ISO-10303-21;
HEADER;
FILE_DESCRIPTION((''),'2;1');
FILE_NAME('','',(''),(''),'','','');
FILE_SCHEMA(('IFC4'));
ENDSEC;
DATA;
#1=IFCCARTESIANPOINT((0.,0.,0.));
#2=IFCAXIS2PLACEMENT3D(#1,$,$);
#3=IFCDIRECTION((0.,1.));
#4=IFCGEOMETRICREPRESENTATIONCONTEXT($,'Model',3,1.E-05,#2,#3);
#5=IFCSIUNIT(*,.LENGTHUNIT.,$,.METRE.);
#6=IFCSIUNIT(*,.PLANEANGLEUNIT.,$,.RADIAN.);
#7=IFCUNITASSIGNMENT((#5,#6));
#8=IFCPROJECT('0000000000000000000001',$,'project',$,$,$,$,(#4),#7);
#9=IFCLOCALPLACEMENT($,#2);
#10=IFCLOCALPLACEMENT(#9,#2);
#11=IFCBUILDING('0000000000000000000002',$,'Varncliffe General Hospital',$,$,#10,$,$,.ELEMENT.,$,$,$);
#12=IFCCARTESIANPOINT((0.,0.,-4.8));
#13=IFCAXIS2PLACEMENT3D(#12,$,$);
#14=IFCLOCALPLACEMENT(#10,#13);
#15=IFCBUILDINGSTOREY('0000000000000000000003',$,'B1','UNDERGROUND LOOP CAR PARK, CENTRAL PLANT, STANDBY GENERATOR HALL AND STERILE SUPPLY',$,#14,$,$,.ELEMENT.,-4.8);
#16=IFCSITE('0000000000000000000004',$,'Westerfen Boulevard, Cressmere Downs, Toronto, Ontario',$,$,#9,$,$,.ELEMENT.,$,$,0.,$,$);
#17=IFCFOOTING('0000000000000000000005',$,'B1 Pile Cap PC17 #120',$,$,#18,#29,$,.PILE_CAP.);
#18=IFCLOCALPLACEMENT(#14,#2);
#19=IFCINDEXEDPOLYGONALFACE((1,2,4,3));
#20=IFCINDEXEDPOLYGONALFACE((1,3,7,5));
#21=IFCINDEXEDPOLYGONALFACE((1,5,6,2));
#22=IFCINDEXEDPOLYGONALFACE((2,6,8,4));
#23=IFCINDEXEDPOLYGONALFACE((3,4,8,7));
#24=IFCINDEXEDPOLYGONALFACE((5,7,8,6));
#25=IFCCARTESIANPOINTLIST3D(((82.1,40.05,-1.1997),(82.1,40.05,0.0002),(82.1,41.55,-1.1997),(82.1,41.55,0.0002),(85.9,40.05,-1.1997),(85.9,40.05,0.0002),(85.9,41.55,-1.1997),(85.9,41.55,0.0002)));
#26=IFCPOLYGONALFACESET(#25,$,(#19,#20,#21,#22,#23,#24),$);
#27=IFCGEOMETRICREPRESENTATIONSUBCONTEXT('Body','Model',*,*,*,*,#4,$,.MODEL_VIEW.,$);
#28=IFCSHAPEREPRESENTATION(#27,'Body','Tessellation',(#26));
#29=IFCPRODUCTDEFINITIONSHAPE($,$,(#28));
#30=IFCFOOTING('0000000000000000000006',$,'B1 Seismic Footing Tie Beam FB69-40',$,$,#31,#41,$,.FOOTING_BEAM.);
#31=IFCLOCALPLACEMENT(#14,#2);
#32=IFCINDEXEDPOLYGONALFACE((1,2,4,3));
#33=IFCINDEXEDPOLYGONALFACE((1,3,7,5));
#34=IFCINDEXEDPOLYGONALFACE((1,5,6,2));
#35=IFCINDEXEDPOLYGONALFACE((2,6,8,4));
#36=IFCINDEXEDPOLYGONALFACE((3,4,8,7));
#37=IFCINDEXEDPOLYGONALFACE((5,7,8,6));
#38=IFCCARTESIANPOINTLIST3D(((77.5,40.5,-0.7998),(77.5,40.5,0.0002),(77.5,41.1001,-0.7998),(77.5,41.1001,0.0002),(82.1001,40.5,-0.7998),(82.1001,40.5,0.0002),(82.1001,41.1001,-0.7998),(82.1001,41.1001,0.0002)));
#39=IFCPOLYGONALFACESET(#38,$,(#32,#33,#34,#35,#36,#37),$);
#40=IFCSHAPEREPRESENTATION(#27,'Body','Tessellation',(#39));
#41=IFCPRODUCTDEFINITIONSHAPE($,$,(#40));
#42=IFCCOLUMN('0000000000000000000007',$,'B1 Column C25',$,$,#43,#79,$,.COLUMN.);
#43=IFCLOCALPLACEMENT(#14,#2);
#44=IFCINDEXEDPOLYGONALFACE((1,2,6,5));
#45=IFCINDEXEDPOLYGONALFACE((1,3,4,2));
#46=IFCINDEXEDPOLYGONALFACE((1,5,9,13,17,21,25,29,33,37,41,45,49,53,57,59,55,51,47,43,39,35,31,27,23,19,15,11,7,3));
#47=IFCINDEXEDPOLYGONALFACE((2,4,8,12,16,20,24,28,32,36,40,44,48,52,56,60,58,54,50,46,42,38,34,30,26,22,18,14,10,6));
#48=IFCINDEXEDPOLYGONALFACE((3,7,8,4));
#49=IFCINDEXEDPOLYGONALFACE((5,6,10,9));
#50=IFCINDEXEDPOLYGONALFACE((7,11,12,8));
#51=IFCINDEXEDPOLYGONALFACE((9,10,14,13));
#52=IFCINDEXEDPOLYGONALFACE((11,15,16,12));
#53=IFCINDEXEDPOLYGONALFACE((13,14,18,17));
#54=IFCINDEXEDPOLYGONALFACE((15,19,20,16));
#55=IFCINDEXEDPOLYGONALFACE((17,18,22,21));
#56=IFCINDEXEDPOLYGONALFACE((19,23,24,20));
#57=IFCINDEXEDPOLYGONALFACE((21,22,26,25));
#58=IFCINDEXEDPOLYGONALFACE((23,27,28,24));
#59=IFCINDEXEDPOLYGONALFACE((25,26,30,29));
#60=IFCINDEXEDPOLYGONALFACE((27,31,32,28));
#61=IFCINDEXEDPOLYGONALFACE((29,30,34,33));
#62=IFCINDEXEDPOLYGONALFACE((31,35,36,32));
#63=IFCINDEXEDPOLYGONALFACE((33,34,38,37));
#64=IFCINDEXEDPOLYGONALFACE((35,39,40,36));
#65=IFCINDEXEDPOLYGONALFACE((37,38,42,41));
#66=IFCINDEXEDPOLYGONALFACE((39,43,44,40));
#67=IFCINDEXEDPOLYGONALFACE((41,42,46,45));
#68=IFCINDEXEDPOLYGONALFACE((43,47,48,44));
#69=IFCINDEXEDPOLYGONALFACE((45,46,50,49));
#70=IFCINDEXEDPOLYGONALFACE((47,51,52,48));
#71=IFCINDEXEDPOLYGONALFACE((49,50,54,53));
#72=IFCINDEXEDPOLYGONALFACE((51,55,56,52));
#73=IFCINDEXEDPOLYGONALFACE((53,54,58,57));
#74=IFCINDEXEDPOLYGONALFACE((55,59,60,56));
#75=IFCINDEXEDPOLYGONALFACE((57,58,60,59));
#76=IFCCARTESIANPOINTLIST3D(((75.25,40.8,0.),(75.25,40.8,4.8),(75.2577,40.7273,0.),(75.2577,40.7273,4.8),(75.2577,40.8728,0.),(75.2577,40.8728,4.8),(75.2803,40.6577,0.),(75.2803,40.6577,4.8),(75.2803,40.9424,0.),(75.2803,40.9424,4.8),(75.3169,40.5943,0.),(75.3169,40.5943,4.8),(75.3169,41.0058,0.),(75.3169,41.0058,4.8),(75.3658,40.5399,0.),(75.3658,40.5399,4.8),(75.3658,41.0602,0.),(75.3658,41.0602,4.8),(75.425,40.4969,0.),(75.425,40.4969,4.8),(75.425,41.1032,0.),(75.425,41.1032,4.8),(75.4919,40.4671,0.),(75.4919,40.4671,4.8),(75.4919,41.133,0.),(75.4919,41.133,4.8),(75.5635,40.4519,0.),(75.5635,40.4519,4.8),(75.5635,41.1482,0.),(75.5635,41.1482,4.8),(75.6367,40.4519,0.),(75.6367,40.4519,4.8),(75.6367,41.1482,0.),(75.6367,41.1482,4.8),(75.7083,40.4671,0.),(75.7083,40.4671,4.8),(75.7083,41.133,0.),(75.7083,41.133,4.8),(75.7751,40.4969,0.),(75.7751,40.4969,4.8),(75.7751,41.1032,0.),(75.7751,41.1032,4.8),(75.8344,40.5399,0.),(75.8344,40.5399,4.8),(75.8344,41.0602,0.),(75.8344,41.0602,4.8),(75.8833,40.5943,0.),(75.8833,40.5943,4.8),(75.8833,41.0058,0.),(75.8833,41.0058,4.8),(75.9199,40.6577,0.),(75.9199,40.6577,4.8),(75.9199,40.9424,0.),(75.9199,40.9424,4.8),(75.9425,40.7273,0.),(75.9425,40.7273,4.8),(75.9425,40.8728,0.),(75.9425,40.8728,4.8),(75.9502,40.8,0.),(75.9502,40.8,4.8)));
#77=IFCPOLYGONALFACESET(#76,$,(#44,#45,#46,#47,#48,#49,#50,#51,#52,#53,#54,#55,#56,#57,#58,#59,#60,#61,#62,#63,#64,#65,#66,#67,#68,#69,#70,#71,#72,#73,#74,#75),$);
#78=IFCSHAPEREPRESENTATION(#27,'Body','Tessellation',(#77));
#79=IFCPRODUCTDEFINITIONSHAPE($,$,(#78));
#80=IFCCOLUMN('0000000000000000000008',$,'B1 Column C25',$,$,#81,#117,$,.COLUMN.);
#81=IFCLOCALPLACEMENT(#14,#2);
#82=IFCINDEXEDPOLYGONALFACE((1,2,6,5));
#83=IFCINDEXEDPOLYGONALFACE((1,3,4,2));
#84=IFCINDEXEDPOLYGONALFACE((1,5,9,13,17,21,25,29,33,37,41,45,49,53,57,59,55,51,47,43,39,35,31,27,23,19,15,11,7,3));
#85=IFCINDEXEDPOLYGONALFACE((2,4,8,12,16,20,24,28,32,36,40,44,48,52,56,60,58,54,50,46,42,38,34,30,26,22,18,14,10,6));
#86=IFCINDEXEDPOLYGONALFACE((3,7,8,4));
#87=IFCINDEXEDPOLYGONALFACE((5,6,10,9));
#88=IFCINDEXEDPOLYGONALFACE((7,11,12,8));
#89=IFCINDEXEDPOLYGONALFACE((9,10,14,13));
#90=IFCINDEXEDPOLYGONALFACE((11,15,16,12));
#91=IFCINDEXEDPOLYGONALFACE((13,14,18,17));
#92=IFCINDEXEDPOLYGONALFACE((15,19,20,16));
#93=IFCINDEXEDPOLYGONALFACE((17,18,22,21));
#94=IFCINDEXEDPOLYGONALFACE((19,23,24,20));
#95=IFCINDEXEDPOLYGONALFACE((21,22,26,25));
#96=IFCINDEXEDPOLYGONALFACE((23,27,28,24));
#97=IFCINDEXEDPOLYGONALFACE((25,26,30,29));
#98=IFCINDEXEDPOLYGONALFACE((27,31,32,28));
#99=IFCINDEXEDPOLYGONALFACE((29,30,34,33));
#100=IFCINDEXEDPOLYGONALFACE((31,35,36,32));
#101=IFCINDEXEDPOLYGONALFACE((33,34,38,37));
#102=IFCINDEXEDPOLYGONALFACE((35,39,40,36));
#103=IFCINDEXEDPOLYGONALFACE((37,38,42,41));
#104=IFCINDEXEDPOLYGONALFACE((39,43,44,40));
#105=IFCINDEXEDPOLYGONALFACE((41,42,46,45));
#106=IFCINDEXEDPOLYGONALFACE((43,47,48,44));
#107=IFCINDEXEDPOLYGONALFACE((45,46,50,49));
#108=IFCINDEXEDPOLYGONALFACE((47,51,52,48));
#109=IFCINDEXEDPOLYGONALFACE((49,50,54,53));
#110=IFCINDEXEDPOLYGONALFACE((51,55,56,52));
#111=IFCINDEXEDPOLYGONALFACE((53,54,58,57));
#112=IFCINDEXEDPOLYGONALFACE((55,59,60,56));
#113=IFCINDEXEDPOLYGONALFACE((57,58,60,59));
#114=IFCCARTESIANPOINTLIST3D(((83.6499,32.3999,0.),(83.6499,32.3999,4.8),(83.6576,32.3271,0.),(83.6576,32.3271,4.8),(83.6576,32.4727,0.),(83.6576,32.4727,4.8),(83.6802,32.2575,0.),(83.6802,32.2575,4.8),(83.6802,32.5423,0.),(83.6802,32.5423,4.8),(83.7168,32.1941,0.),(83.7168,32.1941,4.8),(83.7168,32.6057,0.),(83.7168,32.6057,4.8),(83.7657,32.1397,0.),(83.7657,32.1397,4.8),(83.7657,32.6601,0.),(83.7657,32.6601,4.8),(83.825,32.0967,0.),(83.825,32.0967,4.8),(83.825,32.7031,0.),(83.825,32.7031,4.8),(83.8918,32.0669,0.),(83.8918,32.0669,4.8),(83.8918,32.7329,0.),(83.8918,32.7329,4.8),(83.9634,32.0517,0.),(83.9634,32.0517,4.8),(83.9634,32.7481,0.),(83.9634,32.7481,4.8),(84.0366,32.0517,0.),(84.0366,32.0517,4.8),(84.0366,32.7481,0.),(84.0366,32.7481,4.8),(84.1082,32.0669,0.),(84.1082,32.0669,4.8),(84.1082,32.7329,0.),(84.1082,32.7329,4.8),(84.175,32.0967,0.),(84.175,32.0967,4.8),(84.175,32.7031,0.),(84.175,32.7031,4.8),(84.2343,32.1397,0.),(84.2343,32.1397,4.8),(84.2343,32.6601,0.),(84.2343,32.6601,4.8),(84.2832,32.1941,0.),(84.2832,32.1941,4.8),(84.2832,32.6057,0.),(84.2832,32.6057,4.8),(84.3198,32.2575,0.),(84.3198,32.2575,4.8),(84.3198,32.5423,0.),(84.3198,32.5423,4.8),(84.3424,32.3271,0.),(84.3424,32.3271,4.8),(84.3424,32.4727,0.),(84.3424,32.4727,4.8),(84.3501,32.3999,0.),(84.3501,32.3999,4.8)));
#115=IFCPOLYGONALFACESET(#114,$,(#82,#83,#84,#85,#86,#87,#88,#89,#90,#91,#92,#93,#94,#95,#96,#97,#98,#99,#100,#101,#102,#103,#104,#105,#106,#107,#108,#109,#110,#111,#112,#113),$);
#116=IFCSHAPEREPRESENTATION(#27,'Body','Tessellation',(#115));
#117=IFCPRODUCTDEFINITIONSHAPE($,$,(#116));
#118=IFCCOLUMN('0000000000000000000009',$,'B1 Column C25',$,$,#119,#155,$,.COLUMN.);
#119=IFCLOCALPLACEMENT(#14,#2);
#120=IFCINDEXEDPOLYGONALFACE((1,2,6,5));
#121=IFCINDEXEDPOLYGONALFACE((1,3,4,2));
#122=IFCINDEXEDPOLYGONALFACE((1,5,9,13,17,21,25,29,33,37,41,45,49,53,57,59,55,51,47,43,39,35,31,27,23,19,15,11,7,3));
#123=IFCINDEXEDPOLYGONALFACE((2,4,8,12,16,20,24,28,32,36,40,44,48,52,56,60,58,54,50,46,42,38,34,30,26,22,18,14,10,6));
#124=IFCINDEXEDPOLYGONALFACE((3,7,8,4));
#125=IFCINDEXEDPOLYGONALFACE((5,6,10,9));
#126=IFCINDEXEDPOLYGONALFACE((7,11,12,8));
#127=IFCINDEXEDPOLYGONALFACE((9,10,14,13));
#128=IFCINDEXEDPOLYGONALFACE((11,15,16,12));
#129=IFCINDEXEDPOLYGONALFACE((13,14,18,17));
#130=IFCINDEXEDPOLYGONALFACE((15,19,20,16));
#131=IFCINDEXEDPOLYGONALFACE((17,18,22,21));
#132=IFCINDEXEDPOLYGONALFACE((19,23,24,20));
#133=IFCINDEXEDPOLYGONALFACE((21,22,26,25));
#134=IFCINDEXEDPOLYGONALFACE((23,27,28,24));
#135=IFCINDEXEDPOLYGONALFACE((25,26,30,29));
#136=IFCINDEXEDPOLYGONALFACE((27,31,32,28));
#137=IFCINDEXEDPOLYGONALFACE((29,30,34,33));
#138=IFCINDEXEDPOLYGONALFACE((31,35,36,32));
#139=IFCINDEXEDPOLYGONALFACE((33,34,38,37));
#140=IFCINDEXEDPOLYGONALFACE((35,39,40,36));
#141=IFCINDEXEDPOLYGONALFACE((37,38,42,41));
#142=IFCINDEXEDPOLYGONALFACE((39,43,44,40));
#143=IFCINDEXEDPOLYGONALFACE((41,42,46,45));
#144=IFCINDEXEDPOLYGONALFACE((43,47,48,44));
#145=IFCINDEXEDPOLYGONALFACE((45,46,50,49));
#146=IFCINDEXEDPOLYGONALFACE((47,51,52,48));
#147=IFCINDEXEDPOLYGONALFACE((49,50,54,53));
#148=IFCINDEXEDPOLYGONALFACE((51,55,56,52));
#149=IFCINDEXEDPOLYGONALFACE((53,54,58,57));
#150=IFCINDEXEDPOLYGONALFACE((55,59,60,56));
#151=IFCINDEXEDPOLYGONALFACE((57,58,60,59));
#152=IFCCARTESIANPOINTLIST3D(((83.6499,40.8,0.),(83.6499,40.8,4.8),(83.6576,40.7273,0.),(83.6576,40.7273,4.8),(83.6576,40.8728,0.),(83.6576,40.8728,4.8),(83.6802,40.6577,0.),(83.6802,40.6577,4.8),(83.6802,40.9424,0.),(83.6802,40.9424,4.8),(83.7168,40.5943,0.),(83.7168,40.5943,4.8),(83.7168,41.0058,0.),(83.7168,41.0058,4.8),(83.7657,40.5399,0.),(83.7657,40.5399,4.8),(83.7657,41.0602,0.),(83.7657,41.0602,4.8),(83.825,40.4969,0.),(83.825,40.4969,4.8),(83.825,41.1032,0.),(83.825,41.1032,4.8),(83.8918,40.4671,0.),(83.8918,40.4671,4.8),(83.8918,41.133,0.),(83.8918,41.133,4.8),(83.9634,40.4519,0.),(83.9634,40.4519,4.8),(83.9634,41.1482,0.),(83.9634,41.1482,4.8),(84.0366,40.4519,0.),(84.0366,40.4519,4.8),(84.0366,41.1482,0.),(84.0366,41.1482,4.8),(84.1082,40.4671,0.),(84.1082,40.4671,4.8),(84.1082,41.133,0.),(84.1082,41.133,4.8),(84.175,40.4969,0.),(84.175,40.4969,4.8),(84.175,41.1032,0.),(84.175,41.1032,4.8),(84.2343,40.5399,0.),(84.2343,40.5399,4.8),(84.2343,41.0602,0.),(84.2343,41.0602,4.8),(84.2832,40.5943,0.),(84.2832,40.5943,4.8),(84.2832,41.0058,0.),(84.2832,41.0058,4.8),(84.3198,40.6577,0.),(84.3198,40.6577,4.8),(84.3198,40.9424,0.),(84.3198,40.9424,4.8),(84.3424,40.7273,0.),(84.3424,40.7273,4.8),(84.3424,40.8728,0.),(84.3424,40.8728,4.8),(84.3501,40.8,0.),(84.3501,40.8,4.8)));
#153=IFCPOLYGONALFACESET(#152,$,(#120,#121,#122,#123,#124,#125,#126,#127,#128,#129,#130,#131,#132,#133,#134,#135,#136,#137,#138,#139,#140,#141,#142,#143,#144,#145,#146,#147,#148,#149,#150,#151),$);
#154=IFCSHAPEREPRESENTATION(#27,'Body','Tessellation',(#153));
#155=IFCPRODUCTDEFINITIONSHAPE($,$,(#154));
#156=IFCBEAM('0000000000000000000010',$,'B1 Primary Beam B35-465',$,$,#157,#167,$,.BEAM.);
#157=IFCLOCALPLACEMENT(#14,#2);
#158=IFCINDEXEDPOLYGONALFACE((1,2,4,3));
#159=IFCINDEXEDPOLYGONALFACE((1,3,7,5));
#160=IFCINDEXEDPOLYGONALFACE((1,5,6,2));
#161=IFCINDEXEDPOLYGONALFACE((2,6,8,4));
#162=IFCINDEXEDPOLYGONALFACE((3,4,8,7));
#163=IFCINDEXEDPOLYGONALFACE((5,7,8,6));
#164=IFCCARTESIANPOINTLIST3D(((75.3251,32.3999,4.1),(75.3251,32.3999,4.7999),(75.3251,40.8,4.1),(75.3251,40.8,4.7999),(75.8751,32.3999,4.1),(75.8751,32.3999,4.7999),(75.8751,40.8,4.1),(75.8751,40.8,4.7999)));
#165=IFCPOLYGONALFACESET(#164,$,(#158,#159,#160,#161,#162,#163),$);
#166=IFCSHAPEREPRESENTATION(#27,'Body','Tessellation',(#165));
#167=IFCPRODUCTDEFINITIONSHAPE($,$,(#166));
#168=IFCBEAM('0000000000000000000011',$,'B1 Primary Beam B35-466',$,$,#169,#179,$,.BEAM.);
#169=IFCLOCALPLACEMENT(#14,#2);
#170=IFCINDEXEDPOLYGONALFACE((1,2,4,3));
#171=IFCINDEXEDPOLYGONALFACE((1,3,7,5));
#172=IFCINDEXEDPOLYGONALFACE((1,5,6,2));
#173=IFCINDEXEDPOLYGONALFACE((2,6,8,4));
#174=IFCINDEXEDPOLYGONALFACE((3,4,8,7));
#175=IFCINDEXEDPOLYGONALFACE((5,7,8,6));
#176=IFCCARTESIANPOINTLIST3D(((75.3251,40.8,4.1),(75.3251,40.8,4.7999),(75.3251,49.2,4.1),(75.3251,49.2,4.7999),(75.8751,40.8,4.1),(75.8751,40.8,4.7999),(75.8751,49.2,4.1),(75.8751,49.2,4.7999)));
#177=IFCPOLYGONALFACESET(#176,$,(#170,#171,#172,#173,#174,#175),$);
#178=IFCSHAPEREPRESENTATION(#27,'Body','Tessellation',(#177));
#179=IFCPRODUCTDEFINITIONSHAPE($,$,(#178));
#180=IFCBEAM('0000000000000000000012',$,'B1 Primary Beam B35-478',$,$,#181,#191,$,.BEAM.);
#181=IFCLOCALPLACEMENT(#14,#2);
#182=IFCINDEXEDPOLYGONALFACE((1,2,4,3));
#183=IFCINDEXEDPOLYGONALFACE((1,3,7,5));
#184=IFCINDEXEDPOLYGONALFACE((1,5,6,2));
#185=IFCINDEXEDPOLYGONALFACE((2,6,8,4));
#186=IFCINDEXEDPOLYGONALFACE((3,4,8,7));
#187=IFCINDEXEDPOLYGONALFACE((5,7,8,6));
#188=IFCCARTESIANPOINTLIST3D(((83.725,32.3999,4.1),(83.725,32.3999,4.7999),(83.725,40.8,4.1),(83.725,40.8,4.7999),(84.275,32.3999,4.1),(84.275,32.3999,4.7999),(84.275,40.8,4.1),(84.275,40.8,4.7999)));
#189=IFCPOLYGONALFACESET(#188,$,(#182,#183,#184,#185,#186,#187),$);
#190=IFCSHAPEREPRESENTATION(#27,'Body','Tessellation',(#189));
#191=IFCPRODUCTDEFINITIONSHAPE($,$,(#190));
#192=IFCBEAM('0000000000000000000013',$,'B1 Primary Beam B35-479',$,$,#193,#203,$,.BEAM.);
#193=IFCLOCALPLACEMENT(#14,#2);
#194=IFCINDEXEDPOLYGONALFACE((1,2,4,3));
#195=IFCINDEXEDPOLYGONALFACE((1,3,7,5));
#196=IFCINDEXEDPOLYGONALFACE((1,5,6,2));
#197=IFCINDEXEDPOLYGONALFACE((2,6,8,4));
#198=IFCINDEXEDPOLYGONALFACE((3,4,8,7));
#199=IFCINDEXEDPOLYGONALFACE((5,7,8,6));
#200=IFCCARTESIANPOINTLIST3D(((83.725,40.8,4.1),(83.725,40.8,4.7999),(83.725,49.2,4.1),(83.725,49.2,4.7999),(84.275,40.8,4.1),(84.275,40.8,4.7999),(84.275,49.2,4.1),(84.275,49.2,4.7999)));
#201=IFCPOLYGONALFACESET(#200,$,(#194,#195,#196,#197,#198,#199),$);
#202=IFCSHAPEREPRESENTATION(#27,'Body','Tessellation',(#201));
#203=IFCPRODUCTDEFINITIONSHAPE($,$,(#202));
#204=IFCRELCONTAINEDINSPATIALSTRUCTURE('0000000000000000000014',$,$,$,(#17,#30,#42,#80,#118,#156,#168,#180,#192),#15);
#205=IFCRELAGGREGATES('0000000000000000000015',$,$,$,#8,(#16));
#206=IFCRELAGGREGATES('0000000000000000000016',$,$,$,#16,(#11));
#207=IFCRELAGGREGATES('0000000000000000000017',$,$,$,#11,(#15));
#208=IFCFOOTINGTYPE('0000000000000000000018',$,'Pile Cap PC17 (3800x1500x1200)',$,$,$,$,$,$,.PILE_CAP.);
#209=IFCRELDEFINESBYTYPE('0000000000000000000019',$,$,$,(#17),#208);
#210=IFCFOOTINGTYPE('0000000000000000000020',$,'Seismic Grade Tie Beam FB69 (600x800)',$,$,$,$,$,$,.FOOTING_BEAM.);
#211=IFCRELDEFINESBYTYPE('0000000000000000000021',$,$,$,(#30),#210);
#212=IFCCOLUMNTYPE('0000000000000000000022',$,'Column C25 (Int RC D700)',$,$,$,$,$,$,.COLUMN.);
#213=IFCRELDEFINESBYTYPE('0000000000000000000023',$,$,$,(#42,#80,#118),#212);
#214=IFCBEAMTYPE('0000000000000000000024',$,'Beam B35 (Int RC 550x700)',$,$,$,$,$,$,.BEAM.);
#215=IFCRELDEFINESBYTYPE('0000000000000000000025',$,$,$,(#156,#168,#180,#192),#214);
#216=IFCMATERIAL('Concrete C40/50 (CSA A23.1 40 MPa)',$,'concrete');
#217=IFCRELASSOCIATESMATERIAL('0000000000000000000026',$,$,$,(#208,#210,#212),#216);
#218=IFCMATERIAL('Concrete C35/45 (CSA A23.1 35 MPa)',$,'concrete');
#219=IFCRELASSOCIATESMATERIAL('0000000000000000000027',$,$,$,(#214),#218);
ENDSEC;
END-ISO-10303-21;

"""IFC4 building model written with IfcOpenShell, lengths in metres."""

from ifc_helpers import new_model, si_unit, direction, frame, origin, origin_2d, place, context, subcontext, project, spatial, rectangle, circle, extrude, material, material_profile, profile_set, type_object, element, save


model = new_model("IFC4")

# Units and contexts
model_context = context("Model", 3, precision=1e-05, world=origin(), true_north=direction((0.0, 1.0)))
body_context = subcontext(model_context, "Body", "Model", "MODEL_VIEW")
ifc_project = project(units=[si_unit("LENGTHUNIT", "METRE"), si_unit("PLANEANGLEUNIT", "RADIAN")], contexts=[model_context])

# Site, building, storey
site_placement = place(None, origin())
site = spatial("IfcSite", under=ifc_project, at=site_placement, Name="Westerfen Boulevard, Cressmere Downs, Toronto, Ontario", CompositionType="ELEMENT", RefElevation=0.0)
building_placement = place(site_placement, origin())
building = spatial("IfcBuilding", under=site, at=building_placement, Name="Varncliffe General Hospital", CompositionType="ELEMENT")
storey_placement = place(building_placement, frame((0.0, 0.0, -4.8)))
storey = spatial("IfcBuildingStorey", under=building, at=storey_placement, Name="B1", Description="UNDERGROUND LOOP CAR PARK, CENTRAL PLANT, STANDBY GENERATOR HALL AND STERILE SUPPLY", CompositionType="ELEMENT", Elevation=-4.8)

# Shared definitions
ifc_material_1 = material(Name="Concrete C40/50 (CSA A23.1 40 MPa)", Category="concrete")

# Footings
footing_type_1 = type_object("IfcFootingType", Name="Pile Cap PC17 (3800x1500x1200)", PredefinedType="PILE_CAP", material=ifc_material_1)
for number, where, z_axis, x_axis, name in (
    (1, (84.0, 40.8, -1.1997), (0.0, 0.0, 1.0), (1.0, 0.0, 0.0), "B1 Pile Cap PC17 #120"),
):
    element("IfcFooting", number, at=place(storey_placement, frame(where, z_axis=z_axis, x_axis=x_axis)), inside=storey, type_object=footing_type_1, Name=name, PredefinedType="PILE_CAP", context=body_context, shape_type="SweptSolid", body=[
        extrude(rectangle(XDim=3.8, YDim=1.5, at=origin_2d()), origin(), (0.0, 0.0, 1.0), 1.2),
    ])
footing_type_2 = type_object("IfcFootingType", Name="Seismic Grade Tie Beam FB69 (600x800)", PredefinedType="FOOTING_BEAM", material=ifc_material_1)
footing_placement = place(storey_placement, frame((79.8, 40.8, -0.7998), z_axis=(0.0, 0.0, 1.0), x_axis=(1.0, 0.0, 0.0)))
element("IfcFooting", 2, at=footing_placement, inside=storey, type_object=footing_type_2, Name="B1 Seismic Footing Tie Beam FB69-40", PredefinedType="FOOTING_BEAM", context=body_context, shape_type="SweptSolid", body=[
    extrude(rectangle(XDim=4.6001, YDim=0.6001, at=origin_2d()), origin(), (0.0, 0.0, 1.0), 0.8),
])

# Columns
ifc_material_profile_1 = material_profile(ifc_material_1, circle(Radius=0.3501, at=origin_2d()), Name="RC D700")
ifc_profile_set_1 = profile_set([ifc_material_profile_1], Name="Concrete C40/50 (CSA A23.1 40 MPa)")
column_type = type_object("IfcColumnType", Name="Column C25 (Int RC D700)", PredefinedType="COLUMN", material=ifc_profile_set_1)
for number, where, z_axis, x_axis, name in (
    (3, (75.6001, 40.8, 0.0), (0.0, 0.0, 1.0), (1.0, 0.0, 0.0), "B1 Column C25"),
    (4, (84.0, 32.3999, 0.0), (0.0, 0.0, 1.0), (1.0, 0.0, 0.0), "B1 Column C25"),
    (5, (84.0, 40.8, 0.0), (0.0, 0.0, 1.0), (1.0, 0.0, 0.0), "B1 Column C25"),
):
    element("IfcColumn", number, at=place(storey_placement, frame(where, z_axis=z_axis, x_axis=x_axis)), inside=storey, type_object=column_type, Name=name, PredefinedType="COLUMN", context=body_context, shape_type="SweptSolid", body=[
        extrude(circle(Radius=0.3501, at=origin_2d()), origin(), (0.0, 0.0, 1.0), 4.8),
    ])

# Beams
ifc_material_2 = material(Name="Concrete C35/45 (CSA A23.1 35 MPa)", Category="concrete")
ifc_material_profile_2 = material_profile(ifc_material_2, rectangle(XDim=0.55, YDim=0.7, at=origin_2d()), Name="RC 550x700")
ifc_profile_set_2 = profile_set([ifc_material_profile_2], Name="Concrete C35/45 (CSA A23.1 35 MPa)")
beam_type_1 = type_object("IfcBeamType", Name="Beam B35 (Int RC 550x700)", PredefinedType="BEAM", material=ifc_profile_set_2)
beam_1_placement = place(storey_placement, frame((75.6001, 32.3999, 4.45), z_axis=(0.0, 1.0, 0.0), x_axis=(-1.0, 0.0, 0.0)))
element("IfcBeam", 6, at=beam_1_placement, inside=storey, type_object=beam_type_1, Name="B1 Primary Beam B35-465", PredefinedType="BEAM", context=body_context, shape_type="SweptSolid", body=[
    extrude(rectangle(XDim=0.55, YDim=0.7, at=origin_2d()), origin(), (0.0, 0.0, 1.0), 8.4001),
])
beam_2_placement = place(storey_placement, frame((75.6001, 40.8, 4.45), z_axis=(0.0, 1.0, 0.0), x_axis=(-1.0, 0.0, 0.0)))
element("IfcBeam", 7, at=beam_2_placement, inside=storey, type_object=beam_type_1, Name="B1 Primary Beam B35-466", PredefinedType="BEAM", context=body_context, shape_type="SweptSolid", body=[
    extrude(rectangle(XDim=0.55, YDim=0.7, at=origin_2d()), origin(), (0.0, 0.0, 1.0), 8.3999),
])
beam_3_placement = place(storey_placement, frame((84.0, 32.3999, 4.45), z_axis=(0.0, 1.0, 0.0), x_axis=(-1.0, 0.0, 0.0)))
element("IfcBeam", 8, at=beam_3_placement, inside=storey, type_object=beam_type_1, Name="B1 Primary Beam B35-478", PredefinedType="BEAM", context=body_context, shape_type="SweptSolid", body=[
    extrude(rectangle(XDim=0.55, YDim=0.7, at=origin_2d()), origin(), (0.0, 0.0, 1.0), 8.4001),
])
beam_4_placement = place(storey_placement, frame((84.0, 40.8, 4.45), z_axis=(0.0, 1.0, 0.0), x_axis=(-1.0, 0.0, 0.0)))
element("IfcBeam", 9, at=beam_4_placement, inside=storey, type_object=beam_type_1, Name="B1 Primary Beam B35-479", PredefinedType="BEAM", context=body_context, shape_type="SweptSolid", body=[
    extrude(rectangle(XDim=0.55, YDim=0.7, at=origin_2d()), origin(), (0.0, 0.0, 1.0), 8.3999),
])

save(model, "model.ifc")
